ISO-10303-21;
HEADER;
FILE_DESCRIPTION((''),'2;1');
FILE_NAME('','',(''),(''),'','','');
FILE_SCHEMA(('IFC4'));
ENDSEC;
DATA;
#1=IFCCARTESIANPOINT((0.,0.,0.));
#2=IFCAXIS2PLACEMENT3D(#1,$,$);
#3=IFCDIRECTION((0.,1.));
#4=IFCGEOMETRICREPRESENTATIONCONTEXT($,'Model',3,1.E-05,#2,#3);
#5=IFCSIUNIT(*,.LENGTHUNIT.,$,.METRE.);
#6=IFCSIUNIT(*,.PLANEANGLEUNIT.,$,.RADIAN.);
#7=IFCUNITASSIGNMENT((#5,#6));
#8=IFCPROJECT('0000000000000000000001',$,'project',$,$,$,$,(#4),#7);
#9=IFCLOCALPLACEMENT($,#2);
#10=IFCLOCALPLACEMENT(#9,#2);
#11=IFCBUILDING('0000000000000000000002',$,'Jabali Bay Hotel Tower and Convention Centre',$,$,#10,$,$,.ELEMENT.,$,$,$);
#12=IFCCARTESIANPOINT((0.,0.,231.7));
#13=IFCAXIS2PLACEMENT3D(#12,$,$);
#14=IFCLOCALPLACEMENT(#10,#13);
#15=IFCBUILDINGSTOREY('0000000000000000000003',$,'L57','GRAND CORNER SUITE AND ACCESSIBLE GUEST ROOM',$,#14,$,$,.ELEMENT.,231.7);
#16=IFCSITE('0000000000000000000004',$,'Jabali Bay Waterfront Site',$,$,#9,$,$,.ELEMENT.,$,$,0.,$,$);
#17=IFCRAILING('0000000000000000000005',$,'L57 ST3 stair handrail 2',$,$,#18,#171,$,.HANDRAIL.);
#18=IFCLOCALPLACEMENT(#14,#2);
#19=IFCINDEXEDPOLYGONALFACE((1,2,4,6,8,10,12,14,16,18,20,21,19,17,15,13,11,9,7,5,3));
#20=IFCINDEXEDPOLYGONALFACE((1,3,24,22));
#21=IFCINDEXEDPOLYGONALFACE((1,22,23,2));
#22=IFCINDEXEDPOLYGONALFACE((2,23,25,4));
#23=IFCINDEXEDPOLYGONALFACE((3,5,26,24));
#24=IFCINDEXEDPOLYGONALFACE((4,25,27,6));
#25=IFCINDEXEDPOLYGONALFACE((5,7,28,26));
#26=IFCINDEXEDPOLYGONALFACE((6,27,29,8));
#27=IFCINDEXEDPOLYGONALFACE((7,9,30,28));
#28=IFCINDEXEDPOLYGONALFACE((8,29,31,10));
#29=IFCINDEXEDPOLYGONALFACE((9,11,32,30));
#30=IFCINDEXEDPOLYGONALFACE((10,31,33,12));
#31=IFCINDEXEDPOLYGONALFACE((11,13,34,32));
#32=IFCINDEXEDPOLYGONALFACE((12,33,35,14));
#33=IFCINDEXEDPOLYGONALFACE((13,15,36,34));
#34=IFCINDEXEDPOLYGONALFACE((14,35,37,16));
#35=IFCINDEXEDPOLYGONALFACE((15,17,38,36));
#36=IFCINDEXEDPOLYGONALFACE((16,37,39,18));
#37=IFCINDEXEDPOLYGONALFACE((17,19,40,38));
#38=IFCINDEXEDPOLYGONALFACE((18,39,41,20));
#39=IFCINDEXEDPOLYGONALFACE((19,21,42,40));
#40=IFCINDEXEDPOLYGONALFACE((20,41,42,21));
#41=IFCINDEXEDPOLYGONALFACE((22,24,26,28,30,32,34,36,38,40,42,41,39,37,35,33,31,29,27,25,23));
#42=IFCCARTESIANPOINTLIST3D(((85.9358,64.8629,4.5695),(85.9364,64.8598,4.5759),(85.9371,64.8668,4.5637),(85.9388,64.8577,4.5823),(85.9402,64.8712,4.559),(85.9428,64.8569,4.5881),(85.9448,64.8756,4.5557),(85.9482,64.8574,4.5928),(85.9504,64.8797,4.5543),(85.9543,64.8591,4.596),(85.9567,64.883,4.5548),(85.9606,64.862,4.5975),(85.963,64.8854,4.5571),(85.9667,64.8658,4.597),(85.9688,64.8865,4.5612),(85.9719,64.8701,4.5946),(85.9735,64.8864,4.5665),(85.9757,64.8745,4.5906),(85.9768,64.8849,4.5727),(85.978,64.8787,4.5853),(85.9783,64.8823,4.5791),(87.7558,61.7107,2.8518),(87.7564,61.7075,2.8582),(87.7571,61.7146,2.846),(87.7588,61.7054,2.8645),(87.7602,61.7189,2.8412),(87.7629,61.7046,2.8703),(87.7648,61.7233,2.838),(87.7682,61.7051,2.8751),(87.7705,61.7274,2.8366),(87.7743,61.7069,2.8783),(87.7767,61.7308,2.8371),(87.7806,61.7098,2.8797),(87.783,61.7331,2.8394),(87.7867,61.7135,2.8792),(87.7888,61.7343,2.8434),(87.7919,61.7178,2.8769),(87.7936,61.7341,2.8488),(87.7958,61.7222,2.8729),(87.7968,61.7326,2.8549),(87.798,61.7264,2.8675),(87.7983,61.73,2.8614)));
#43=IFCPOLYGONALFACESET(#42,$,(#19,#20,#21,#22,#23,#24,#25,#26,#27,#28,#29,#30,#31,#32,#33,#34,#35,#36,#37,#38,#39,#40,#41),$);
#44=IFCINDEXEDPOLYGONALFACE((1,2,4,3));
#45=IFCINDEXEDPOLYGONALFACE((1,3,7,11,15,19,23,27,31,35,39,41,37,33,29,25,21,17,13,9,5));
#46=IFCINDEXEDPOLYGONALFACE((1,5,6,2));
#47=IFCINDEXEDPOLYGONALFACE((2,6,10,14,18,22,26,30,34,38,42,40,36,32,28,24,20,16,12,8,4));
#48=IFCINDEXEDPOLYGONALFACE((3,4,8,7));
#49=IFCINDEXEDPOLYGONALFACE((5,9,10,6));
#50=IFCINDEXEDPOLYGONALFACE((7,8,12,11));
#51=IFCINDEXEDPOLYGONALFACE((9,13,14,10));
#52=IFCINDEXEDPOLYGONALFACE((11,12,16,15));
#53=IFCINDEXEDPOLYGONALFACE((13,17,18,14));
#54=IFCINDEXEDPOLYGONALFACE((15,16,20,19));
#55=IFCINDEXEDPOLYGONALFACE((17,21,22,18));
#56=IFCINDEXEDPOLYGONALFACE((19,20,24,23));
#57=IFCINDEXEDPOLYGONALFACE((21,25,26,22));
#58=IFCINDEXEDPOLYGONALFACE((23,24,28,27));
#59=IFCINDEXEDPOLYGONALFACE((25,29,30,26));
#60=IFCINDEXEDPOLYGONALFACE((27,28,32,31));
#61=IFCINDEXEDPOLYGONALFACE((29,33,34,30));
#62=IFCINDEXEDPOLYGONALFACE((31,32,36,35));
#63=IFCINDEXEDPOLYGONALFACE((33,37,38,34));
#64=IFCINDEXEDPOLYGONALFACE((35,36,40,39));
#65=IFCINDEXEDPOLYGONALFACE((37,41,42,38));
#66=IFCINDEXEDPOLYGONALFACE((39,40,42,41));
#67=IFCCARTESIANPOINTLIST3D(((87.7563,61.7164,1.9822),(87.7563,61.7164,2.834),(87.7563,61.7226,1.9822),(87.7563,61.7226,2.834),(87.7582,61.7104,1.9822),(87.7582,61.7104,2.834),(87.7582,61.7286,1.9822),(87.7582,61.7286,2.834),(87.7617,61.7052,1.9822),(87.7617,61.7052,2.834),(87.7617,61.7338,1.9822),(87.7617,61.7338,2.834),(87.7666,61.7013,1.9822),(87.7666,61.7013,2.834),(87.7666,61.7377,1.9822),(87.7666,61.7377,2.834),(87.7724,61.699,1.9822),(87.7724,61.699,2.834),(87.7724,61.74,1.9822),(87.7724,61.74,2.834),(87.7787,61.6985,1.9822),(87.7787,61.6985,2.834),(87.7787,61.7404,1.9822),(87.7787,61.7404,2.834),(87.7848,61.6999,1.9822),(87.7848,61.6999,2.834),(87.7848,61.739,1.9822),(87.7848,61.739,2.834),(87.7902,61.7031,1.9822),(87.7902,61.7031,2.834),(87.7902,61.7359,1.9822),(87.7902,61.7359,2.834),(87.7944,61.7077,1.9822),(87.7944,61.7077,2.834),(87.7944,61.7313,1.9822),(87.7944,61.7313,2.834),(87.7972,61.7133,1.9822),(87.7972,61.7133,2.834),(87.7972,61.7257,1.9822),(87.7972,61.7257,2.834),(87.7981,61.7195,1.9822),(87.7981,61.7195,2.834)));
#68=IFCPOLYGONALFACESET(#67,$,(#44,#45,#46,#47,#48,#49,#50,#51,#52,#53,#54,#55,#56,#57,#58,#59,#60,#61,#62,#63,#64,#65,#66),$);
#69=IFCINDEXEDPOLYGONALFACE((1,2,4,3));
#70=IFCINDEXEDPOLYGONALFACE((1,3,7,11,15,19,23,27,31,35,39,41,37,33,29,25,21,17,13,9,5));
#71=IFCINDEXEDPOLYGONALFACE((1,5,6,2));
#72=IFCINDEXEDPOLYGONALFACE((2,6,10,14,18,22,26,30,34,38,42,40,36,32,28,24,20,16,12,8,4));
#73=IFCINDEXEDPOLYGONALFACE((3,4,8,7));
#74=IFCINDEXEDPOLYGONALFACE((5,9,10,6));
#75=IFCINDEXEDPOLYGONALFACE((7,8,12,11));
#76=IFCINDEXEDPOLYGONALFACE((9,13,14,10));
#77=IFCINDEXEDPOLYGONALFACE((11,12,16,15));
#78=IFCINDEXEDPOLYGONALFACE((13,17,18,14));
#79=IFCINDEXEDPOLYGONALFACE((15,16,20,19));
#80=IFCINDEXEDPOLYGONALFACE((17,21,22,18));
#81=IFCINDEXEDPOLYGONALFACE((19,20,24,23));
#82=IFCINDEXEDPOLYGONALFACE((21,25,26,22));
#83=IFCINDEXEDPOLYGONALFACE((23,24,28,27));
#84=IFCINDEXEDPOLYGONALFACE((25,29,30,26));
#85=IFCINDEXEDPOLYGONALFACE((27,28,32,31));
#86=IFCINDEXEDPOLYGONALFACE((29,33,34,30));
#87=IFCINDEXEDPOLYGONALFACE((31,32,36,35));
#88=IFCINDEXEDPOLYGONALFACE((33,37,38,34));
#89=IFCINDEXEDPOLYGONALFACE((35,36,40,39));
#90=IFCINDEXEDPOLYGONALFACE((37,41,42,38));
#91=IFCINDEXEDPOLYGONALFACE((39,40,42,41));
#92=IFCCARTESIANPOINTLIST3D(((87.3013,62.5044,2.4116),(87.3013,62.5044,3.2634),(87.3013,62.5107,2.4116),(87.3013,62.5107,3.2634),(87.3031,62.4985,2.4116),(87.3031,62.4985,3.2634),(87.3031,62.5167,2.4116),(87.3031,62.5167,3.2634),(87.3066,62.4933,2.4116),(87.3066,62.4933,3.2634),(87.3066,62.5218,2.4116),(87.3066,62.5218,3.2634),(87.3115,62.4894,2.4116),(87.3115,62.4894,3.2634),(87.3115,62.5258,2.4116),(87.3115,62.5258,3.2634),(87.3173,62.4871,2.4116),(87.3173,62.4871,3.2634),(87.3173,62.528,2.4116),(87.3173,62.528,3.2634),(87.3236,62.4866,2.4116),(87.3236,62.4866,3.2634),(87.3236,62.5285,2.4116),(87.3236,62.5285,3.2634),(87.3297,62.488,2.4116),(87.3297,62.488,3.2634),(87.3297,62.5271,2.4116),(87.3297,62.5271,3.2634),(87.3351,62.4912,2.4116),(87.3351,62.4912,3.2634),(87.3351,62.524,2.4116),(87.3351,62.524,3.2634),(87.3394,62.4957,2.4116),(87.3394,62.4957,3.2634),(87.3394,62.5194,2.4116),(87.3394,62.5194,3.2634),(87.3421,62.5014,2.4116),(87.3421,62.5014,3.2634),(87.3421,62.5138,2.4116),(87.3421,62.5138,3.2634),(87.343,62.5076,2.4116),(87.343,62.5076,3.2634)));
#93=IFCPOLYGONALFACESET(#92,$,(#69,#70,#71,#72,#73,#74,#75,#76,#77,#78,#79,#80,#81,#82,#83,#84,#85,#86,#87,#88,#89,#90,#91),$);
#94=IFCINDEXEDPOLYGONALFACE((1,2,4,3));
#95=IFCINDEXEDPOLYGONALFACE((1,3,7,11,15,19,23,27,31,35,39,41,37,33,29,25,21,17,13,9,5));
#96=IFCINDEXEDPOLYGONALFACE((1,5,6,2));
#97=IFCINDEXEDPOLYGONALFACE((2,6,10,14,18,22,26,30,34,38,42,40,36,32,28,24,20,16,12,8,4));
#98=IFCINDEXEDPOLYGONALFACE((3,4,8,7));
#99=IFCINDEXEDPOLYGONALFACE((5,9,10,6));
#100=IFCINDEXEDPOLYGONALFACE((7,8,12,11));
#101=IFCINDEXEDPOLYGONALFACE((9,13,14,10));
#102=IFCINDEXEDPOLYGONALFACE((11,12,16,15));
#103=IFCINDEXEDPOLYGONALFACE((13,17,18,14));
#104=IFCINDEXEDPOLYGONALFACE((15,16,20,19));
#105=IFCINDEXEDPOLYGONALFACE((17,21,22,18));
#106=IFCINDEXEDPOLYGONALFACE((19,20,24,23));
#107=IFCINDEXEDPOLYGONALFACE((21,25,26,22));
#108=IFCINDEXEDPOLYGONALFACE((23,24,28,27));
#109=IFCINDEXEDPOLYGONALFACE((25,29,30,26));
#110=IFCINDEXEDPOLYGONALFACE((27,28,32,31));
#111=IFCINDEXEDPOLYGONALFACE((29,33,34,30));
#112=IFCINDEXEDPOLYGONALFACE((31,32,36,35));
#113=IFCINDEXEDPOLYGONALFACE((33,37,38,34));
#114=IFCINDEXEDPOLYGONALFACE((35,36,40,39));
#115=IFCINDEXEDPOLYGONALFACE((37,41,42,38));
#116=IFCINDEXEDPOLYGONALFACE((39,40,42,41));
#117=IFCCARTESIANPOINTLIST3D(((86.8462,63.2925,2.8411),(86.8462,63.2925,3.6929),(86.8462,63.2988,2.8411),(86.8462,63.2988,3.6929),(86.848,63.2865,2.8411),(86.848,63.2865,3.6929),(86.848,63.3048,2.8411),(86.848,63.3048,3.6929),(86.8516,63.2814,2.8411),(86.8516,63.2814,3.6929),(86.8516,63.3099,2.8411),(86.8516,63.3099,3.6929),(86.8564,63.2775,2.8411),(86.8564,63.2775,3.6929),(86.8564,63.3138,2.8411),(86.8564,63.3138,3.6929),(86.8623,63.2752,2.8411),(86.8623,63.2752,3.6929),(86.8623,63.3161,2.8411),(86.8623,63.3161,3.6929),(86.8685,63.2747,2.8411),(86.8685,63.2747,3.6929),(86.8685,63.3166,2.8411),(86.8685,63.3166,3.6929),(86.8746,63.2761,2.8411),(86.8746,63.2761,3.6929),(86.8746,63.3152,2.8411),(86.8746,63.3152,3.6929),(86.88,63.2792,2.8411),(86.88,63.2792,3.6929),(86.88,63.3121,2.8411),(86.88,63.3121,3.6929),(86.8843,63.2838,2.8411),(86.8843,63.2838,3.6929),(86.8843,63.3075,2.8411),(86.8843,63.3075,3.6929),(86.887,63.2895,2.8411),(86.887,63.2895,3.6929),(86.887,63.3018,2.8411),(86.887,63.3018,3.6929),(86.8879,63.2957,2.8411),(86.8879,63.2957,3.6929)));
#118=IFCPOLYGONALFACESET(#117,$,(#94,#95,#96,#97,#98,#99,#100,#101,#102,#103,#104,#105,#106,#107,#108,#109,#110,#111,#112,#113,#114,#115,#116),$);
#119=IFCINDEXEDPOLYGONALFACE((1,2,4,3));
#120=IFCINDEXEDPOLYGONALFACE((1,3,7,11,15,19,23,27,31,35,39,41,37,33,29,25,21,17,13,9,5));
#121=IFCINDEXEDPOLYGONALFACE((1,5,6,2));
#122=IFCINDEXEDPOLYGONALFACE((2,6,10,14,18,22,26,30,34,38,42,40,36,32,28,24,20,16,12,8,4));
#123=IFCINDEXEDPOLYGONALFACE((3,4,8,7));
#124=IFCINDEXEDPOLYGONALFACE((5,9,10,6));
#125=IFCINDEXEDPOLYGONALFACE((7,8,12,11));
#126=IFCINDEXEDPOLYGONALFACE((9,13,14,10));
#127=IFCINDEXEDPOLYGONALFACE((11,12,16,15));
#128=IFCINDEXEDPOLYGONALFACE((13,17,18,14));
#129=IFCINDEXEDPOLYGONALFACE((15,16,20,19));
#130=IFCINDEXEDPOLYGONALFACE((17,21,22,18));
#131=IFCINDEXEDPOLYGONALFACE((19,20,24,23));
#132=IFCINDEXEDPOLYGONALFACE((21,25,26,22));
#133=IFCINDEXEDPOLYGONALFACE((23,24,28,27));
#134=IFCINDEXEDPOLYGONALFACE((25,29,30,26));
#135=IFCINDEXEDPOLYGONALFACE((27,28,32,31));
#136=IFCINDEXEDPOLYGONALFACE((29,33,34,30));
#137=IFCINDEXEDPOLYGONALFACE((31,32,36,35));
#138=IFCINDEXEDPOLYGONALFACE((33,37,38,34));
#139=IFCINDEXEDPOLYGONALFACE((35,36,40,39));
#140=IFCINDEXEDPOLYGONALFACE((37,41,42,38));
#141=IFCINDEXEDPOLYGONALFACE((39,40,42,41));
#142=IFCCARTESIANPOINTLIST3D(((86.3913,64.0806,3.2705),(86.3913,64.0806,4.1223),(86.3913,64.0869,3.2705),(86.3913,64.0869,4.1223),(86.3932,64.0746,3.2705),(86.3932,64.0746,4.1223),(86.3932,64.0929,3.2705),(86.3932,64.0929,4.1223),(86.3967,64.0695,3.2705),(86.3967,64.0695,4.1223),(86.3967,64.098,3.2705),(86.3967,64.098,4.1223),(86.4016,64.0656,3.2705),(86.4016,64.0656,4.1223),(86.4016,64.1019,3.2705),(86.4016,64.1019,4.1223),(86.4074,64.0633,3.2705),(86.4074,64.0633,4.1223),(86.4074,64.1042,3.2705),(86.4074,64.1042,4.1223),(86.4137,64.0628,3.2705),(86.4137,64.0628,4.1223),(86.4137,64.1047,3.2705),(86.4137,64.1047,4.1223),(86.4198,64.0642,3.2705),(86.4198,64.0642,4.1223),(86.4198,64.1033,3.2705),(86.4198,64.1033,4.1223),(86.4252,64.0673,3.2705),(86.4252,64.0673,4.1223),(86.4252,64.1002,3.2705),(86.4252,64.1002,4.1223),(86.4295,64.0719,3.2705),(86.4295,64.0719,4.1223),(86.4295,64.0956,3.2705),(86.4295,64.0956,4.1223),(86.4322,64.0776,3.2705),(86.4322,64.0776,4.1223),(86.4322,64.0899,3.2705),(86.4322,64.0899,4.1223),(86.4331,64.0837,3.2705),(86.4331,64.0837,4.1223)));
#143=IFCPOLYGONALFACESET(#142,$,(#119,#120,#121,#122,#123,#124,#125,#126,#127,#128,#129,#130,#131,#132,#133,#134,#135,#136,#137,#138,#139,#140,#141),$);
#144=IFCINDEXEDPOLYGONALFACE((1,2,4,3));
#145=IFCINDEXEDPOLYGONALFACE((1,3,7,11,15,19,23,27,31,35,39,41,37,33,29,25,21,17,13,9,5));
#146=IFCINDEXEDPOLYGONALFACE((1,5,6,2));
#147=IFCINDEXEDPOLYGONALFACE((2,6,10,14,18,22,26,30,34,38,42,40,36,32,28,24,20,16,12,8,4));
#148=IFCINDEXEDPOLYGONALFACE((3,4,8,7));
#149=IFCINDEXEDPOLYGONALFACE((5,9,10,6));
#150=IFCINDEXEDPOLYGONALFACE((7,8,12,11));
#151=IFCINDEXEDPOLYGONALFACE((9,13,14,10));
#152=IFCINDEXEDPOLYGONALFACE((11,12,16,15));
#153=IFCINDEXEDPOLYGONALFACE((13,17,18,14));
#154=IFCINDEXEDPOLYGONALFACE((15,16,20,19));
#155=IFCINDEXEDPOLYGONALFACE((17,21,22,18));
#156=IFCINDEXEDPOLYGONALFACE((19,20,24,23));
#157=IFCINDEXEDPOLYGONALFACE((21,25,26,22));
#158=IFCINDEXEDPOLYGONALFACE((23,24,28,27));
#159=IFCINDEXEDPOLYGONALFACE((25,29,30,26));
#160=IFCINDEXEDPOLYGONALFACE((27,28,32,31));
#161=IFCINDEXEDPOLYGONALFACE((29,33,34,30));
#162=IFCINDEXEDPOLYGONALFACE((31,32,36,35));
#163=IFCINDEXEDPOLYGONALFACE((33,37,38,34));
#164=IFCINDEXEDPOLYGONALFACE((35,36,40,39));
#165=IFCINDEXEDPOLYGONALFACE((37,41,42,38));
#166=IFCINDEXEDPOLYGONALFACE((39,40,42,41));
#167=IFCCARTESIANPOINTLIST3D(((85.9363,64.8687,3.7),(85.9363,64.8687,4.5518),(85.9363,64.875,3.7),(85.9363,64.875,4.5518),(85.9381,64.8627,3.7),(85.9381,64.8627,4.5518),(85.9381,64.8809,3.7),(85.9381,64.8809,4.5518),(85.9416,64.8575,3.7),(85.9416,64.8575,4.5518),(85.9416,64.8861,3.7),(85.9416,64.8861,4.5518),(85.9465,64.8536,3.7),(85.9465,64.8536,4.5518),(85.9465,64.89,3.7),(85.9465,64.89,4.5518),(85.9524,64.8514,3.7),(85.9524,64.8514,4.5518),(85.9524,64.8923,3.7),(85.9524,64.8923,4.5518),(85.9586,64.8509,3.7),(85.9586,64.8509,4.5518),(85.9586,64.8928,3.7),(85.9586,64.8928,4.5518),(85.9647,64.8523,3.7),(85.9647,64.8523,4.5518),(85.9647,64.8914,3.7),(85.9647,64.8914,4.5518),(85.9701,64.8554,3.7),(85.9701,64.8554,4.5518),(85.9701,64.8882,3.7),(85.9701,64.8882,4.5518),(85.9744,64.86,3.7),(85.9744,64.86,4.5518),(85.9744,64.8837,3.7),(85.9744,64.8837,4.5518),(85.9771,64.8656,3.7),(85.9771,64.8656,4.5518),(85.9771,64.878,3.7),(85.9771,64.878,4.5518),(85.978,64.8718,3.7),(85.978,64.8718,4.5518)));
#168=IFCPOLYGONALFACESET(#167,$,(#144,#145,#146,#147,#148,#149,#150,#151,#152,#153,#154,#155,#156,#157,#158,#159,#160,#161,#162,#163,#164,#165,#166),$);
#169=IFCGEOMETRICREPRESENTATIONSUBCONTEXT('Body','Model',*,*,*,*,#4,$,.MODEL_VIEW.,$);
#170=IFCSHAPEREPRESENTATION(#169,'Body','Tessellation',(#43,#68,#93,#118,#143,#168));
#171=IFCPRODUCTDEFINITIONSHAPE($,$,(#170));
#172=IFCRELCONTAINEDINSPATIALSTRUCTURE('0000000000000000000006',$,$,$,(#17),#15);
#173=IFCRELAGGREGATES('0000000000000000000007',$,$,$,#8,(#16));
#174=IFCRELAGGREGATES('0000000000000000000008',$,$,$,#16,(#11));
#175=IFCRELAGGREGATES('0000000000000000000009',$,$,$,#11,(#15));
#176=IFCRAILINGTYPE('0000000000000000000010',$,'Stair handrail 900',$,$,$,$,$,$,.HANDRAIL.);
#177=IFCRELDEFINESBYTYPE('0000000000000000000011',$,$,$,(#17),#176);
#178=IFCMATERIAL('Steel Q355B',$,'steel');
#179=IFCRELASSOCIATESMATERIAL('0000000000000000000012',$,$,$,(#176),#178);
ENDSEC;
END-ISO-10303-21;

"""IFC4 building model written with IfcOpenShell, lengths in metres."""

from ifc_helpers import new_model, si_unit, direction, frame, origin, origin_2d, place, context, subcontext, project, spatial, circle, extrude, material, type_object, element, save


model = new_model("IFC4")

# Units and contexts
model_context = context("Model", 3, precision=1e-05, world=origin(), true_north=direction((0.0, 1.0)))
body_context = subcontext(model_context, "Body", "Model", "MODEL_VIEW")
ifc_project = project(units=[si_unit("LENGTHUNIT", "METRE"), si_unit("PLANEANGLEUNIT", "RADIAN")], contexts=[model_context])

# Site, building, storey
site_placement = place(None, origin())
site = spatial("IfcSite", under=ifc_project, at=site_placement, Name="Jabali Bay Waterfront Site", CompositionType="ELEMENT", RefElevation=0.0)
building_placement = place(site_placement, origin())
building = spatial("IfcBuilding", under=site, at=building_placement, Name="Jabali Bay Hotel Tower and Convention Centre", CompositionType="ELEMENT")
storey_placement = place(building_placement, frame((0.0, 0.0, 231.7)))
storey = spatial("IfcBuildingStorey", under=building, at=storey_placement, Name="L57", Description="GRAND CORNER SUITE AND ACCESSIBLE GUEST ROOM", CompositionType="ELEMENT", Elevation=231.7)

# Railing
ifc_material_1 = material(Name="Steel Q355B", Category="steel")
railing_type_1 = type_object("IfcRailingType", Name="Stair handrail 900", PredefinedType="HANDRAIL", material=ifc_material_1)
railing_1_placement = place(storey_placement, frame((87.7771, 61.7195, 1.9822)))
element("IfcRailing", 1, at=railing_1_placement, inside=storey, type_object=railing_type_1, Name="L57 ST3 stair handrail 2", PredefinedType="HANDRAIL", context=body_context, shape_type="SweptSolid", body=[
    extrude(circle(Radius=0.0239, at=origin_2d()), frame((0.0, 0.0, 0.876), z_axis=(-0.45219, 0.78319, 0.426775), x_axis=(-0.866018, -0.500013, 0.0)), (0.0, 0.0, 1.0), 4.0249),
    extrude(circle(Radius=0.021, at=origin_2d()), origin(), (0.0, 0.0, 1.0), 0.8518),
    extrude(circle(Radius=0.021, at=origin_2d()), frame((-0.4551, 0.7881, 0.4294)), (0.0, 0.0, 1.0), 0.8518),
    extrude(circle(Radius=0.021, at=origin_2d()), frame((-0.9102, 1.5762, 0.8589)), (0.0, 0.0, 1.0), 0.8518),
    extrude(circle(Radius=0.021, at=origin_2d()), frame((-1.365, 2.3643, 1.2883)), (0.0, 0.0, 1.0), 0.8518),
    extrude(circle(Radius=0.021, at=origin_2d()), frame((-1.8201, 3.1523, 1.7178)), (0.0, 0.0, 1.0), 0.8518),
])

save(model, "model.ifc")
